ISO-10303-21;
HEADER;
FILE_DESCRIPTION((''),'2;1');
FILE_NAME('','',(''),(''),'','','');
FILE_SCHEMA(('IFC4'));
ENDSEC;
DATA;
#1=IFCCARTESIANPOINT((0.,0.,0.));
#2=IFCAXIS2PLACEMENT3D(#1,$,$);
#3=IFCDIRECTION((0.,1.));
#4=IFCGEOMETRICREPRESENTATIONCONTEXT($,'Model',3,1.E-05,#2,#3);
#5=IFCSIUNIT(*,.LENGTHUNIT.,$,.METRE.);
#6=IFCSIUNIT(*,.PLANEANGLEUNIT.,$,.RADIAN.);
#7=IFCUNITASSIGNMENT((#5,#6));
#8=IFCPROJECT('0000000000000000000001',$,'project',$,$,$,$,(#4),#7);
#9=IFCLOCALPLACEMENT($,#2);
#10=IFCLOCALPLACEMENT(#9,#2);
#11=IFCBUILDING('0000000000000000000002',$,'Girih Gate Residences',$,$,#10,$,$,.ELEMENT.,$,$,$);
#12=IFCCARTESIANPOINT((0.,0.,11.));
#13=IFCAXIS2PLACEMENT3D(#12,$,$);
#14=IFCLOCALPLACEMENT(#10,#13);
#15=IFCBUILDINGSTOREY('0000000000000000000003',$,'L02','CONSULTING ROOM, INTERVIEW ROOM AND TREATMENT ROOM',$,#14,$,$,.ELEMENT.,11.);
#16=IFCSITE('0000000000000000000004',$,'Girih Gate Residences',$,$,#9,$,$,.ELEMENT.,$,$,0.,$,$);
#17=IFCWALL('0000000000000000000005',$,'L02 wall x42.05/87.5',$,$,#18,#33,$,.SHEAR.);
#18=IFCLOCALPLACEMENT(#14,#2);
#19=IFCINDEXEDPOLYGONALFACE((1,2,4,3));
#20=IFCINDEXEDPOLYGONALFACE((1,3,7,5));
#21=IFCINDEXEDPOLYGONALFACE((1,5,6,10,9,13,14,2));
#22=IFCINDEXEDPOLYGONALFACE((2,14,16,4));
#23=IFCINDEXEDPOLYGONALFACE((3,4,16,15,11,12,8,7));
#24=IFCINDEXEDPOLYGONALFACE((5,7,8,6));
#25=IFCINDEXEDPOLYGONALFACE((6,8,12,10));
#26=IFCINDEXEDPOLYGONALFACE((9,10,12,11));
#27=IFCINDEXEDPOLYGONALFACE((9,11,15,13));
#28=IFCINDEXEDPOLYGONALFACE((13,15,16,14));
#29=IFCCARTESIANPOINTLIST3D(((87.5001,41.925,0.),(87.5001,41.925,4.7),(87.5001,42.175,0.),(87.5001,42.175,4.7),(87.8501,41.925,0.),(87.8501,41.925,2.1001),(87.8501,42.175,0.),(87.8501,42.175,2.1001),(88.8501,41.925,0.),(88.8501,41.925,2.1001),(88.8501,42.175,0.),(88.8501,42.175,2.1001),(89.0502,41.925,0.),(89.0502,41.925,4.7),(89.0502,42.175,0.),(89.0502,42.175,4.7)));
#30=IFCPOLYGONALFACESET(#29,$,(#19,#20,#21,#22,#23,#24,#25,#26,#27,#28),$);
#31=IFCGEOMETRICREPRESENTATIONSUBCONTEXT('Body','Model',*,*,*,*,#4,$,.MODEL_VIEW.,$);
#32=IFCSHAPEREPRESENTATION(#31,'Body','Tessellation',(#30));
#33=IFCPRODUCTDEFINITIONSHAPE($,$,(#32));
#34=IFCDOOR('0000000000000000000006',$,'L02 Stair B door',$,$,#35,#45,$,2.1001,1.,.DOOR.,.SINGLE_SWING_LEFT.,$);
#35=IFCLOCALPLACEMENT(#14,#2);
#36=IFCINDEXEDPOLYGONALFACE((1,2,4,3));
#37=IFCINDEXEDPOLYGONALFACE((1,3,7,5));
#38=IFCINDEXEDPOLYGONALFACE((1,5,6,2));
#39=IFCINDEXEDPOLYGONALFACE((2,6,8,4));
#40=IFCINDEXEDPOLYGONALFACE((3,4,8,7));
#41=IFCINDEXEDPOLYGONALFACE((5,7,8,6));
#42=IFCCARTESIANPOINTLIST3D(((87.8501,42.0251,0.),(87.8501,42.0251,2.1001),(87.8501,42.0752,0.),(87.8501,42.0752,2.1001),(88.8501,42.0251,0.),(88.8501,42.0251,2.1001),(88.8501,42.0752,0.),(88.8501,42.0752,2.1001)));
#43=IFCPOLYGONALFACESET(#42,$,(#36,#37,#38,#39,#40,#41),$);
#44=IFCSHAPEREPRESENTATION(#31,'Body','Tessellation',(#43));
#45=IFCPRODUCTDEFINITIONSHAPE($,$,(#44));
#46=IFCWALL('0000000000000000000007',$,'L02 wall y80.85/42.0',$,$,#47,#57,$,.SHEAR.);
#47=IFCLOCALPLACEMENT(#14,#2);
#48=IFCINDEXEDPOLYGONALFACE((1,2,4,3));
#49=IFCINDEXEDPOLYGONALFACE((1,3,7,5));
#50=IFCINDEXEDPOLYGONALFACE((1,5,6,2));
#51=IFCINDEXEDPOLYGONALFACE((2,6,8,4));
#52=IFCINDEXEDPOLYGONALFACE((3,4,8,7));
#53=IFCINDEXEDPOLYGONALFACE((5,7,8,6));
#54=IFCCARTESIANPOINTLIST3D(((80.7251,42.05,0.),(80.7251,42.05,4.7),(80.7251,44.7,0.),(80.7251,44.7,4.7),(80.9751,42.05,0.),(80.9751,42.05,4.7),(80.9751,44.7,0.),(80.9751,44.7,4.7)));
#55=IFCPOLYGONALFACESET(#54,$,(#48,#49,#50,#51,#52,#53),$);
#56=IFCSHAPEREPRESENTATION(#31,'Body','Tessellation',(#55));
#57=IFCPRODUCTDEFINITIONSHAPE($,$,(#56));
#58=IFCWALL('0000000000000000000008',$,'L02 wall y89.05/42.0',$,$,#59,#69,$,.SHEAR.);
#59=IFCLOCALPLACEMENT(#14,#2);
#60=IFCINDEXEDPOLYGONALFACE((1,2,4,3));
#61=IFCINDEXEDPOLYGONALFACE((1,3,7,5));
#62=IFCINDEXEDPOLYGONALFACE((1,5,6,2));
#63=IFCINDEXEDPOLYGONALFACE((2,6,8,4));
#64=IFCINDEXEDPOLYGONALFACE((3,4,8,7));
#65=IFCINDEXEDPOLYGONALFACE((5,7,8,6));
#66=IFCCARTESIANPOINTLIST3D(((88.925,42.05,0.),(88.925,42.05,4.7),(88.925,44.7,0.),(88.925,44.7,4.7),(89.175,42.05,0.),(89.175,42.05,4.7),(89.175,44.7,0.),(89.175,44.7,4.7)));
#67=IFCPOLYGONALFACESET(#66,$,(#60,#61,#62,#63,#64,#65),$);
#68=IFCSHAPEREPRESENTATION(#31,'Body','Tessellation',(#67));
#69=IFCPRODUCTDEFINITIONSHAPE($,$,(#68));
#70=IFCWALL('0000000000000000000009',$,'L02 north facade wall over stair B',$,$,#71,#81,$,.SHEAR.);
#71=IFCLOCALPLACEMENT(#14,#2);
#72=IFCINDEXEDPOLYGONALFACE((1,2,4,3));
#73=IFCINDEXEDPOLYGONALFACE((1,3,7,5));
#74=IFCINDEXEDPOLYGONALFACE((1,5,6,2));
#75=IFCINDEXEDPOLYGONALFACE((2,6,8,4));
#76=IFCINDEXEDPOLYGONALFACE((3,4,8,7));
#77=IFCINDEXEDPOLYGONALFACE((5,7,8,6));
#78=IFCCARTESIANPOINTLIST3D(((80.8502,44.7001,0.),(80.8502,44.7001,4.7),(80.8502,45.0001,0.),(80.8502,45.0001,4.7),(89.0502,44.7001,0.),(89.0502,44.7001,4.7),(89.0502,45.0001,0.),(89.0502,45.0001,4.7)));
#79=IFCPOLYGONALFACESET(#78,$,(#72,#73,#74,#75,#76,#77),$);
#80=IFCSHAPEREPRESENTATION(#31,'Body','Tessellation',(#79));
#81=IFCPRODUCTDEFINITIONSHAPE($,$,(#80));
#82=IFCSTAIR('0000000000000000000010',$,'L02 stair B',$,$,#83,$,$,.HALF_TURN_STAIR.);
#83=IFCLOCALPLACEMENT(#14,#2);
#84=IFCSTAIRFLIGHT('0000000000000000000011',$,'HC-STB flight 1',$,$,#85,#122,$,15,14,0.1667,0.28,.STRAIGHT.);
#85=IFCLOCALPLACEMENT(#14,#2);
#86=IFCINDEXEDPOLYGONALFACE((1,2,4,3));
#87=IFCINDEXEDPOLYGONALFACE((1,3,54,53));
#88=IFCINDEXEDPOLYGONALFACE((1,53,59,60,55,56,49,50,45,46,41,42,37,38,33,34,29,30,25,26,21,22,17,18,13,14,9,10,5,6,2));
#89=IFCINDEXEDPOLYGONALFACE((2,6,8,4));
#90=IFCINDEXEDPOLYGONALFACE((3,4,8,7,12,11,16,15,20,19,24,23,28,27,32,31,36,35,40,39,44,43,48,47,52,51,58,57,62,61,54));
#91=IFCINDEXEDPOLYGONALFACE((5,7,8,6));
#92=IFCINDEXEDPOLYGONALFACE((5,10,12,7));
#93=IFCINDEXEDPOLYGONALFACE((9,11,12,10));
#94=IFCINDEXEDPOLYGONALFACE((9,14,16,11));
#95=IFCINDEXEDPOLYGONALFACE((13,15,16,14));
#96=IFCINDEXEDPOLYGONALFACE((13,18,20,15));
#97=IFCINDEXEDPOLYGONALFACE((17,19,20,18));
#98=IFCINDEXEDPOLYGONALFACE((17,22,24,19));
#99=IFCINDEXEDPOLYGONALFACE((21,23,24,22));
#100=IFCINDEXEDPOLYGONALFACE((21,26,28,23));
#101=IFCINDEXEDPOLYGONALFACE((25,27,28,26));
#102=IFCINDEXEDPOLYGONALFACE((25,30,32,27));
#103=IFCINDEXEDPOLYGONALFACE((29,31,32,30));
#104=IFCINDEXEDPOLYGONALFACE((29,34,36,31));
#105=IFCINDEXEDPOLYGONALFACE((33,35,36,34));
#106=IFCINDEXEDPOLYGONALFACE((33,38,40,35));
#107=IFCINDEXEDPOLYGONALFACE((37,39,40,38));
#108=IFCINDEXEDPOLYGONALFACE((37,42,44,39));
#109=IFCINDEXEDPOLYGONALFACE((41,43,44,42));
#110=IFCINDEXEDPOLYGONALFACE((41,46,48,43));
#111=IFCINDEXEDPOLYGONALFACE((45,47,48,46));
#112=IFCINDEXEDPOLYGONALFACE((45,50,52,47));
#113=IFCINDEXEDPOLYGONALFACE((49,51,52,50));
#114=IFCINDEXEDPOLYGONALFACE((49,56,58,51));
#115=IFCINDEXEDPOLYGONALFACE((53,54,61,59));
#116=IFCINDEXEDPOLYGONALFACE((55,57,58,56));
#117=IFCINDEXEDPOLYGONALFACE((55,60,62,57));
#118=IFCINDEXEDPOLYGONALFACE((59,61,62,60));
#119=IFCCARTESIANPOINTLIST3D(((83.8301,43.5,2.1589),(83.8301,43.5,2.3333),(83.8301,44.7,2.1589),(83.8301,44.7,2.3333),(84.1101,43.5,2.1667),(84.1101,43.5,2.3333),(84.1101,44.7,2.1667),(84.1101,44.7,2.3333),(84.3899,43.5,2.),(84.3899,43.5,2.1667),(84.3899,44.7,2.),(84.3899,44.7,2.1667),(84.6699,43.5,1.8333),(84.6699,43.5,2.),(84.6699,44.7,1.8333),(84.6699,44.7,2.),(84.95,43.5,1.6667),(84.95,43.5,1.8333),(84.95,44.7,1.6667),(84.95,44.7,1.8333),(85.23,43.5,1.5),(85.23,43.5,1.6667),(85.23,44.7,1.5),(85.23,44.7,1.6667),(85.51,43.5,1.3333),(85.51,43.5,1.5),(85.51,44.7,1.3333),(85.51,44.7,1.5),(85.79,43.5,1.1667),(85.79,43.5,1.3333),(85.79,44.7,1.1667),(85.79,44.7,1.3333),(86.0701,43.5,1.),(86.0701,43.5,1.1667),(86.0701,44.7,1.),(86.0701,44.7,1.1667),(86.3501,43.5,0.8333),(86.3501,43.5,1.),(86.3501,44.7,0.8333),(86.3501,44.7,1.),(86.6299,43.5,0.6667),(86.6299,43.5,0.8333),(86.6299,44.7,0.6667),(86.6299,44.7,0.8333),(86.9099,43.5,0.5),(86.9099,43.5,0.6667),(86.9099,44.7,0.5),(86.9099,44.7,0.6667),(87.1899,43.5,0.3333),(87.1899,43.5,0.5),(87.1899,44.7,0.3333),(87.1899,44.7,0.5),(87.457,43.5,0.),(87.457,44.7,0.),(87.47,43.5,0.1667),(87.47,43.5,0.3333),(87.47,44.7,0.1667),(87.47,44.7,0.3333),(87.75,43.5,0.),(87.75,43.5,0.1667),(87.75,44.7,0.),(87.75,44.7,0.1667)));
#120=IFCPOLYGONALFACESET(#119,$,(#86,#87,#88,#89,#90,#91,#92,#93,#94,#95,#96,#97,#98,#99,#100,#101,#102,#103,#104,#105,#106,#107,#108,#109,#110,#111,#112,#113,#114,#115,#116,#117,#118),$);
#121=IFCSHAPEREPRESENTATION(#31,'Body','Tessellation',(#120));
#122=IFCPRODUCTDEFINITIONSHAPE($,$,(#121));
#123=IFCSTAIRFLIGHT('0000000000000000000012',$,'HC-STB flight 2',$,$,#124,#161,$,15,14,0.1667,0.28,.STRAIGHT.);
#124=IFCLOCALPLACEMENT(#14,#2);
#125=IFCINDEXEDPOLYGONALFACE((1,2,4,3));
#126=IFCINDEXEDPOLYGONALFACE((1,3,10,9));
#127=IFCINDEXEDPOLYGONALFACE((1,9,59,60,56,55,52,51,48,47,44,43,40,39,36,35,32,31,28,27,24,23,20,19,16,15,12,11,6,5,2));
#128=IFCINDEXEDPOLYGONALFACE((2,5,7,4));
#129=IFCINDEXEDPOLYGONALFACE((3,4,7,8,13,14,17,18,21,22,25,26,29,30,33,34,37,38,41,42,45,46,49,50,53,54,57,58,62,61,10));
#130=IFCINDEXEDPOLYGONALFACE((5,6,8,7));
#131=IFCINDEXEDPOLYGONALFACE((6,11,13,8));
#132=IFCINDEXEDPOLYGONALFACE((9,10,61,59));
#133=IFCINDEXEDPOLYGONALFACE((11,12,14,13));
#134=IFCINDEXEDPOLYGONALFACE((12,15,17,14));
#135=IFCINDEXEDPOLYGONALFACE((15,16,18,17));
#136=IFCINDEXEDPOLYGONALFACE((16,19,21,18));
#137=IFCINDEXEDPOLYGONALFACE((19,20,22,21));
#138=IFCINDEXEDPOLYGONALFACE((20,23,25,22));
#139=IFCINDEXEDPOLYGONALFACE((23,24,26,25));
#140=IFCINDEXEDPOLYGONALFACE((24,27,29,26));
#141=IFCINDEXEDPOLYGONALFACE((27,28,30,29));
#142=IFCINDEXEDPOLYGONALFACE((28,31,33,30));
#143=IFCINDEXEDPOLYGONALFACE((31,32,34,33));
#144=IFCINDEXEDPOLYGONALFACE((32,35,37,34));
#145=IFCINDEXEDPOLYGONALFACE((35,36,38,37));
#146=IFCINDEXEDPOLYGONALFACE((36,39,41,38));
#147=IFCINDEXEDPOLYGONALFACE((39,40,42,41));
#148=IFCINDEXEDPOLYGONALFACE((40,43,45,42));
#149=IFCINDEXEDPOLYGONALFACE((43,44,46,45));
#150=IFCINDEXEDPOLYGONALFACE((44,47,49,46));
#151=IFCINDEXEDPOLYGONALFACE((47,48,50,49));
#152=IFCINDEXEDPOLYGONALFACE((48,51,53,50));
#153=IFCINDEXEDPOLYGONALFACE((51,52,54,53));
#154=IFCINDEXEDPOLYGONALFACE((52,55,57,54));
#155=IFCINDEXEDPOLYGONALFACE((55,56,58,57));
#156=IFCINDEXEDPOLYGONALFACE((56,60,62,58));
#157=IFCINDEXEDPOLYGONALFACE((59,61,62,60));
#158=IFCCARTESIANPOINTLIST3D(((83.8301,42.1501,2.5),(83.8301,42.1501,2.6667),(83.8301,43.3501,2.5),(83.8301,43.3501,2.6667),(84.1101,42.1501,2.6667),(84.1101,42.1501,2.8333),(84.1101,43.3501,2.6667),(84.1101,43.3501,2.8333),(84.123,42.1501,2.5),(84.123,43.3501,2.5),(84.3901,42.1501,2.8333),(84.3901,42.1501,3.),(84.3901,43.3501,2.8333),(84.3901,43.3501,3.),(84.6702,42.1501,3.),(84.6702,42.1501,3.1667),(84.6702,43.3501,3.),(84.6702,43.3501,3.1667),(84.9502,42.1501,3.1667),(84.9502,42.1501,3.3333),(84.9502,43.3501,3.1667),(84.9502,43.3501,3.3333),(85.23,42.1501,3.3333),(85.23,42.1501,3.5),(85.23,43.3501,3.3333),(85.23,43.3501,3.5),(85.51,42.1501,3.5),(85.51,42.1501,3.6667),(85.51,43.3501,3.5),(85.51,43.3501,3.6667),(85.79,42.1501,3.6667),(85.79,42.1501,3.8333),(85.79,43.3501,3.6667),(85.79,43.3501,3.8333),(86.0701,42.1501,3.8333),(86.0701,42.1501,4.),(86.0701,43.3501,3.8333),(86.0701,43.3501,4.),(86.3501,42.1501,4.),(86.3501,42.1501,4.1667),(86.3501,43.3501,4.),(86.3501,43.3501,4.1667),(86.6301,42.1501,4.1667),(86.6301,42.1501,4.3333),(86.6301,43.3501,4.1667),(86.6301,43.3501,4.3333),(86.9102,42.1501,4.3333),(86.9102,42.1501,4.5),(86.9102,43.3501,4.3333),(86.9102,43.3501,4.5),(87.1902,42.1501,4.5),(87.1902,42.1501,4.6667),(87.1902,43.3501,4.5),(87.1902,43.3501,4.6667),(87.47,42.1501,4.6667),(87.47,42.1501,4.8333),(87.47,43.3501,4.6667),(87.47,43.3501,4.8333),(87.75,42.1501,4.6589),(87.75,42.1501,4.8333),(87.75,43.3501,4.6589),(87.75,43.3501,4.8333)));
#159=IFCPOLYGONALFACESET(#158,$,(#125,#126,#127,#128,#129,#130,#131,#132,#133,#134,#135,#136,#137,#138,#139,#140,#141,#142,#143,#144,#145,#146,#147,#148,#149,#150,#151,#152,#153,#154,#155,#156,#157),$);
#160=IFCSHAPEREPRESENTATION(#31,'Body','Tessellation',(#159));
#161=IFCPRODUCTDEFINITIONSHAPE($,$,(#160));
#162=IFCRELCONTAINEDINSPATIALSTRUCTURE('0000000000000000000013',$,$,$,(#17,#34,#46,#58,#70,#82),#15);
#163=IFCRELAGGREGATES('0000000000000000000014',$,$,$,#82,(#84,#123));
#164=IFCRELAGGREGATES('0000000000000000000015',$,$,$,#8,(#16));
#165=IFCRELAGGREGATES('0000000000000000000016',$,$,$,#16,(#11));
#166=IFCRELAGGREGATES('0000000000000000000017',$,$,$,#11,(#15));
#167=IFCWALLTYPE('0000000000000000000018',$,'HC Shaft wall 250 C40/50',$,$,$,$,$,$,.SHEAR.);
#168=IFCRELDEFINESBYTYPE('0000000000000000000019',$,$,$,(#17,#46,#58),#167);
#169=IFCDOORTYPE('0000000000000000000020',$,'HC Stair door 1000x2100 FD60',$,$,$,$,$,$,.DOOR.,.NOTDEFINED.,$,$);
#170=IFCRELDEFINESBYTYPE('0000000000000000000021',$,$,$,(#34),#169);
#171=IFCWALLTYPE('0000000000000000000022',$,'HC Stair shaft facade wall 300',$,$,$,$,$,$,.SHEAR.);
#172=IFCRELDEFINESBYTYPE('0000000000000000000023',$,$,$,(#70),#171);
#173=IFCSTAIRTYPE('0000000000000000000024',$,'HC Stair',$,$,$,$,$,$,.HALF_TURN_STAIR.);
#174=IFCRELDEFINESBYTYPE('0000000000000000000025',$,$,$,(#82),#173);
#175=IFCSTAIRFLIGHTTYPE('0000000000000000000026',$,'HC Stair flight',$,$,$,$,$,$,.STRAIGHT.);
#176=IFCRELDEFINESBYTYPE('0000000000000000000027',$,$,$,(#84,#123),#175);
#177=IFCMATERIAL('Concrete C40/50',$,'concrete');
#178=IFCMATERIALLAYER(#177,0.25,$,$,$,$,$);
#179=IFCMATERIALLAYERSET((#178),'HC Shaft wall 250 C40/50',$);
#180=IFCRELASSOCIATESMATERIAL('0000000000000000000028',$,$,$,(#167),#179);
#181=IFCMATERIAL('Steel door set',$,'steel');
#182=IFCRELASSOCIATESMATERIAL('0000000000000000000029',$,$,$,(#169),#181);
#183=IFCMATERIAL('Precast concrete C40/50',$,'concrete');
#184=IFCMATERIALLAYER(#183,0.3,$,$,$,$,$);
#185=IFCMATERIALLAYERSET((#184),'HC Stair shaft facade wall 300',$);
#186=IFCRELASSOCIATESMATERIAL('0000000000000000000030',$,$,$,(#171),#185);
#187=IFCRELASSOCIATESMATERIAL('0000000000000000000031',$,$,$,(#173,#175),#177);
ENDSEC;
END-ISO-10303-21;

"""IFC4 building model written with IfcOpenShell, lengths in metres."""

from ifc_helpers import new_model, si_unit, direction, frame, frame_2d, origin, place, context, subcontext, project, spatial, polyline, rectangle, outline, extrude, material, layer, layer_set, type_object, element, fill, aggregate, save


model = new_model("IFC4")

# Units and contexts
model_context = context("Model", 3, precision=1e-05, world=origin(), true_north=direction((0.0, 1.0)))
body_context = subcontext(model_context, "Body", "Model", "MODEL_VIEW")
ifc_project = project(units=[si_unit("LENGTHUNIT", "METRE"), si_unit("PLANEANGLEUNIT", "RADIAN")], contexts=[model_context])

# Site, building, storey
site_placement = place(None, origin())
site = spatial("IfcSite", under=ifc_project, at=site_placement, Name="Girih Gate Residences", CompositionType="ELEMENT", RefElevation=0.0)
building_placement = place(site_placement, origin())
building = spatial("IfcBuilding", under=site, at=building_placement, Name="Girih Gate Residences", CompositionType="ELEMENT")
storey_placement = place(building_placement, frame((0.0, 0.0, 11.0)))
storey = spatial("IfcBuildingStorey", under=building, at=storey_placement, Name="L02", Description="CONSULTING ROOM, INTERVIEW ROOM AND TREATMENT ROOM", CompositionType="ELEMENT", Elevation=11.0)

# Shared definitions
ifc_material_1 = material(Name="Precast concrete C40/50", Category="concrete")
ifc_material_2 = material(Name="Concrete C40/50", Category="concrete")
ifc_layer_1 = layer(ifc_material_2, 0.25)
ifc_layer_set_1 = layer_set([ifc_layer_1], Name="HC Shaft wall 250 C40/50")
wall_type_1 = type_object("IfcWallType", Name="HC Shaft wall 250 C40/50", PredefinedType="SHEAR", material=ifc_layer_set_1)

# Wall, opening, door
wall_1_placement = place(storey_placement, frame((89.05, 42.05, 0.0), z_axis=(0.0, 0.0, 1.0), x_axis=(-1.0, 0.0, 0.0)))
wall_1 = element("IfcWall", 1, at=wall_1_placement, inside=storey, type_object=wall_type_1, Name="L02 wall x42.05/87.5", PredefinedType="SHEAR", context=body_context, shape_type="SweptSolid", body=[
    extrude(rectangle(XDim=1.55, YDim=0.25, at=frame_2d((0.7749, 0.0))), origin(), (0.0, 0.0, 1.0), 4.7),
])
opening_1_placement = place(wall_1_placement, frame((0.2, 0.0, 0.0)))
opening_1 = element("IfcOpeningElement", 2, at=opening_1_placement, cuts=wall_1, PredefinedType="OPENING", context=body_context, shape_type="SweptSolid", body=[
    extrude(rectangle(XDim=1.0, YDim=2.1001, at=frame_2d((0.5, 1.05))), frame((0.0, 0.135, 0.0), z_axis=(0.0, -1.0, 0.0), x_axis=(1.0, 0.0, 0.0)), (0.0, 0.0, 1.0), 0.27),
])
ifc_material_3 = material(Name="Steel door set", Category="steel")
door_type_1 = type_object("IfcDoorType", Name="HC Stair door 1000x2100 FD60", OperationType="NOTDEFINED", PredefinedType="DOOR", material=ifc_material_3)
door_1_placement = place(opening_1_placement, origin())
door_1 = element("IfcDoor", 3, at=door_1_placement, inside=storey, type_object=door_type_1, Name="L02 Stair B door", OperationType="SINGLE_SWING_LEFT", OverallHeight=2.1001, OverallWidth=1.0, PredefinedType="DOOR", context=body_context, shape_type="SweptSolid", body=[
    extrude(rectangle(XDim=1.0, YDim=2.1001, at=frame_2d((0.5, 1.05))), frame((0.0, 0.0249, 0.0), z_axis=(0.0, -1.0, 0.0), x_axis=(1.0, 0.0, 0.0)), (0.0, 0.0, 1.0), 0.05),
])
fill(opening_1, door_1)

# Walls
for number, where, z_axis, x_axis, name in (
    (4, (80.8501, 42.05, 0.0), (0.0, 0.0, 1.0), (0.0, 1.0, 0.0), "L02 wall y80.85/42.0"),
    (5, (89.05, 42.05, 0.0), (0.0, 0.0, 1.0), (0.0, 1.0, 0.0), "L02 wall y89.05/42.0"),
):
    element("IfcWall", number, at=place(storey_placement, frame(where, z_axis=z_axis, x_axis=x_axis)), inside=storey, type_object=wall_type_1, Name=name, PredefinedType="SHEAR", context=body_context, shape_type="SweptSolid", body=[
        extrude(rectangle(XDim=2.6499, YDim=0.25, at=frame_2d((1.325, 0.0))), origin(), (0.0, 0.0, 1.0), 4.7),
    ])
ifc_layer_2 = layer(ifc_material_1, 0.3)
ifc_layer_set_2 = layer_set([ifc_layer_2], Name="HC Stair shaft facade wall 300")
wall_type_2 = type_object("IfcWallType", Name="HC Stair shaft facade wall 300", PredefinedType="SHEAR", material=ifc_layer_set_2)
wall_2_placement = place(storey_placement, frame((80.8501, 44.8501, 0.0), z_axis=(0.0, 0.0, 1.0), x_axis=(1.0, 0.0, 0.0)))
element("IfcWall", 6, at=wall_2_placement, inside=storey, type_object=wall_type_2, Name="L02 north facade wall over stair B", PredefinedType="SHEAR", context=body_context, shape_type="SweptSolid", body=[
    extrude(rectangle(XDim=8.2, YDim=0.3, at=frame_2d((4.1001, 0.0))), origin(), (0.0, 0.0, 1.0), 4.7),
])

# Stair, stair flights
stair_type = type_object("IfcStairType", Name="HC Stair", PredefinedType="HALF_TURN_STAIR", material=ifc_material_2)
stair_placement = place(storey_placement, origin())
stair = element("IfcStair", 7, at=stair_placement, inside=storey, type_object=stair_type, Name="L02 stair B", PredefinedType="HALF_TURN_STAIR")
stair_flight_type = type_object("IfcStairFlightType", Name="HC Stair flight", PredefinedType="STRAIGHT", material=ifc_material_2)
stair_flight_1_placement = place(storey_placement, frame((87.75, 44.1001, 0.0), z_axis=(0.0, 0.0, 1.0), x_axis=(-1.0, 0.0, 0.0)))
stair_flight_1 = element("IfcStairFlight", 8, at=stair_flight_1_placement, type_object=stair_flight_type, Name="HC-STB flight 1", NumberOfRisers=15, NumberOfTreads=14, PredefinedType="STRAIGHT", RiserHeight=0.1667, TreadLength=0.28, context=body_context, shape_type="SweptSolid", body=[
    extrude(outline(polyline([(0.0, 0.0), (0.0, 0.1667), (0.28, 0.1667), (0.28, 0.3333), (0.5601, 0.3333), (0.5601, 0.5), (0.8401, 0.5), (0.8401, 0.6667), (1.1201, 0.6667), (1.1201, 0.8333), (1.3999, 0.8333), (1.3999, 1.0), (1.6799, 1.0), (1.6799, 1.1667), (1.96, 1.1667), (1.96, 1.3333), (2.24, 1.3333), (2.24, 1.5), (2.52, 1.5), (2.52, 1.6667), (2.8, 1.6667), (2.8, 1.8333), (3.0801, 1.8333), (3.0801, 2.0), (3.3601, 2.0), (3.3601, 2.1667), (3.6399, 2.1667), (3.6399, 2.3333), (3.9199, 2.3333), (3.9199, 2.5), (3.9199, 2.1589), (0.293, 0.0), (0.0, 0.0)])), frame((0.0, 0.6001, 0.0), z_axis=(0.0, -1.0, 0.0), x_axis=(1.0, 0.0, 0.0)), (0.0, 0.0, 1.0), 1.2),
])
stair_flight_2_placement = place(storey_placement, frame((83.8301, 42.75, 2.5), z_axis=(0.0, 0.0, 1.0), x_axis=(1.0, 0.0, 0.0)))
stair_flight_2 = element("IfcStairFlight", 9, at=stair_flight_2_placement, type_object=stair_flight_type, Name="HC-STB flight 2", NumberOfRisers=15, NumberOfTreads=14, PredefinedType="STRAIGHT", RiserHeight=0.1667, TreadLength=0.28, context=body_context, shape_type="SweptSolid", body=[
    extrude(outline(polyline([(0.0, 0.0), (0.0, 0.1667), (0.28, 0.1667), (0.28, 0.3333), (0.5601, 0.3333), (0.5601, 0.5), (0.8401, 0.5), (0.8401, 0.6667), (1.1201, 0.6667), (1.1201, 0.8333), (1.3999, 0.8333), (1.3999, 1.0), (1.6799, 1.0), (1.6799, 1.1667), (1.96, 1.1667), (1.96, 1.3333), (2.24, 1.3333), (2.24, 1.5), (2.52, 1.5), (2.52, 1.6667), (2.8, 1.6667), (2.8, 1.8333), (3.0801, 1.8333), (3.0801, 2.0), (3.3601, 2.0), (3.3601, 2.1667), (3.6399, 2.1667), (3.6399, 2.3333), (3.9199, 2.3333), (3.9199, 2.5), (3.9199, 2.1589), (0.293, 0.0), (0.0, 0.0)])), frame((0.0, 0.6001, 0.0), z_axis=(0.0, -1.0, 0.0), x_axis=(1.0, 0.0, 0.0)), (0.0, 0.0, 1.0), 1.2),
])
aggregate(stair, [stair_flight_1, stair_flight_2])

save(model, "model.ifc")
